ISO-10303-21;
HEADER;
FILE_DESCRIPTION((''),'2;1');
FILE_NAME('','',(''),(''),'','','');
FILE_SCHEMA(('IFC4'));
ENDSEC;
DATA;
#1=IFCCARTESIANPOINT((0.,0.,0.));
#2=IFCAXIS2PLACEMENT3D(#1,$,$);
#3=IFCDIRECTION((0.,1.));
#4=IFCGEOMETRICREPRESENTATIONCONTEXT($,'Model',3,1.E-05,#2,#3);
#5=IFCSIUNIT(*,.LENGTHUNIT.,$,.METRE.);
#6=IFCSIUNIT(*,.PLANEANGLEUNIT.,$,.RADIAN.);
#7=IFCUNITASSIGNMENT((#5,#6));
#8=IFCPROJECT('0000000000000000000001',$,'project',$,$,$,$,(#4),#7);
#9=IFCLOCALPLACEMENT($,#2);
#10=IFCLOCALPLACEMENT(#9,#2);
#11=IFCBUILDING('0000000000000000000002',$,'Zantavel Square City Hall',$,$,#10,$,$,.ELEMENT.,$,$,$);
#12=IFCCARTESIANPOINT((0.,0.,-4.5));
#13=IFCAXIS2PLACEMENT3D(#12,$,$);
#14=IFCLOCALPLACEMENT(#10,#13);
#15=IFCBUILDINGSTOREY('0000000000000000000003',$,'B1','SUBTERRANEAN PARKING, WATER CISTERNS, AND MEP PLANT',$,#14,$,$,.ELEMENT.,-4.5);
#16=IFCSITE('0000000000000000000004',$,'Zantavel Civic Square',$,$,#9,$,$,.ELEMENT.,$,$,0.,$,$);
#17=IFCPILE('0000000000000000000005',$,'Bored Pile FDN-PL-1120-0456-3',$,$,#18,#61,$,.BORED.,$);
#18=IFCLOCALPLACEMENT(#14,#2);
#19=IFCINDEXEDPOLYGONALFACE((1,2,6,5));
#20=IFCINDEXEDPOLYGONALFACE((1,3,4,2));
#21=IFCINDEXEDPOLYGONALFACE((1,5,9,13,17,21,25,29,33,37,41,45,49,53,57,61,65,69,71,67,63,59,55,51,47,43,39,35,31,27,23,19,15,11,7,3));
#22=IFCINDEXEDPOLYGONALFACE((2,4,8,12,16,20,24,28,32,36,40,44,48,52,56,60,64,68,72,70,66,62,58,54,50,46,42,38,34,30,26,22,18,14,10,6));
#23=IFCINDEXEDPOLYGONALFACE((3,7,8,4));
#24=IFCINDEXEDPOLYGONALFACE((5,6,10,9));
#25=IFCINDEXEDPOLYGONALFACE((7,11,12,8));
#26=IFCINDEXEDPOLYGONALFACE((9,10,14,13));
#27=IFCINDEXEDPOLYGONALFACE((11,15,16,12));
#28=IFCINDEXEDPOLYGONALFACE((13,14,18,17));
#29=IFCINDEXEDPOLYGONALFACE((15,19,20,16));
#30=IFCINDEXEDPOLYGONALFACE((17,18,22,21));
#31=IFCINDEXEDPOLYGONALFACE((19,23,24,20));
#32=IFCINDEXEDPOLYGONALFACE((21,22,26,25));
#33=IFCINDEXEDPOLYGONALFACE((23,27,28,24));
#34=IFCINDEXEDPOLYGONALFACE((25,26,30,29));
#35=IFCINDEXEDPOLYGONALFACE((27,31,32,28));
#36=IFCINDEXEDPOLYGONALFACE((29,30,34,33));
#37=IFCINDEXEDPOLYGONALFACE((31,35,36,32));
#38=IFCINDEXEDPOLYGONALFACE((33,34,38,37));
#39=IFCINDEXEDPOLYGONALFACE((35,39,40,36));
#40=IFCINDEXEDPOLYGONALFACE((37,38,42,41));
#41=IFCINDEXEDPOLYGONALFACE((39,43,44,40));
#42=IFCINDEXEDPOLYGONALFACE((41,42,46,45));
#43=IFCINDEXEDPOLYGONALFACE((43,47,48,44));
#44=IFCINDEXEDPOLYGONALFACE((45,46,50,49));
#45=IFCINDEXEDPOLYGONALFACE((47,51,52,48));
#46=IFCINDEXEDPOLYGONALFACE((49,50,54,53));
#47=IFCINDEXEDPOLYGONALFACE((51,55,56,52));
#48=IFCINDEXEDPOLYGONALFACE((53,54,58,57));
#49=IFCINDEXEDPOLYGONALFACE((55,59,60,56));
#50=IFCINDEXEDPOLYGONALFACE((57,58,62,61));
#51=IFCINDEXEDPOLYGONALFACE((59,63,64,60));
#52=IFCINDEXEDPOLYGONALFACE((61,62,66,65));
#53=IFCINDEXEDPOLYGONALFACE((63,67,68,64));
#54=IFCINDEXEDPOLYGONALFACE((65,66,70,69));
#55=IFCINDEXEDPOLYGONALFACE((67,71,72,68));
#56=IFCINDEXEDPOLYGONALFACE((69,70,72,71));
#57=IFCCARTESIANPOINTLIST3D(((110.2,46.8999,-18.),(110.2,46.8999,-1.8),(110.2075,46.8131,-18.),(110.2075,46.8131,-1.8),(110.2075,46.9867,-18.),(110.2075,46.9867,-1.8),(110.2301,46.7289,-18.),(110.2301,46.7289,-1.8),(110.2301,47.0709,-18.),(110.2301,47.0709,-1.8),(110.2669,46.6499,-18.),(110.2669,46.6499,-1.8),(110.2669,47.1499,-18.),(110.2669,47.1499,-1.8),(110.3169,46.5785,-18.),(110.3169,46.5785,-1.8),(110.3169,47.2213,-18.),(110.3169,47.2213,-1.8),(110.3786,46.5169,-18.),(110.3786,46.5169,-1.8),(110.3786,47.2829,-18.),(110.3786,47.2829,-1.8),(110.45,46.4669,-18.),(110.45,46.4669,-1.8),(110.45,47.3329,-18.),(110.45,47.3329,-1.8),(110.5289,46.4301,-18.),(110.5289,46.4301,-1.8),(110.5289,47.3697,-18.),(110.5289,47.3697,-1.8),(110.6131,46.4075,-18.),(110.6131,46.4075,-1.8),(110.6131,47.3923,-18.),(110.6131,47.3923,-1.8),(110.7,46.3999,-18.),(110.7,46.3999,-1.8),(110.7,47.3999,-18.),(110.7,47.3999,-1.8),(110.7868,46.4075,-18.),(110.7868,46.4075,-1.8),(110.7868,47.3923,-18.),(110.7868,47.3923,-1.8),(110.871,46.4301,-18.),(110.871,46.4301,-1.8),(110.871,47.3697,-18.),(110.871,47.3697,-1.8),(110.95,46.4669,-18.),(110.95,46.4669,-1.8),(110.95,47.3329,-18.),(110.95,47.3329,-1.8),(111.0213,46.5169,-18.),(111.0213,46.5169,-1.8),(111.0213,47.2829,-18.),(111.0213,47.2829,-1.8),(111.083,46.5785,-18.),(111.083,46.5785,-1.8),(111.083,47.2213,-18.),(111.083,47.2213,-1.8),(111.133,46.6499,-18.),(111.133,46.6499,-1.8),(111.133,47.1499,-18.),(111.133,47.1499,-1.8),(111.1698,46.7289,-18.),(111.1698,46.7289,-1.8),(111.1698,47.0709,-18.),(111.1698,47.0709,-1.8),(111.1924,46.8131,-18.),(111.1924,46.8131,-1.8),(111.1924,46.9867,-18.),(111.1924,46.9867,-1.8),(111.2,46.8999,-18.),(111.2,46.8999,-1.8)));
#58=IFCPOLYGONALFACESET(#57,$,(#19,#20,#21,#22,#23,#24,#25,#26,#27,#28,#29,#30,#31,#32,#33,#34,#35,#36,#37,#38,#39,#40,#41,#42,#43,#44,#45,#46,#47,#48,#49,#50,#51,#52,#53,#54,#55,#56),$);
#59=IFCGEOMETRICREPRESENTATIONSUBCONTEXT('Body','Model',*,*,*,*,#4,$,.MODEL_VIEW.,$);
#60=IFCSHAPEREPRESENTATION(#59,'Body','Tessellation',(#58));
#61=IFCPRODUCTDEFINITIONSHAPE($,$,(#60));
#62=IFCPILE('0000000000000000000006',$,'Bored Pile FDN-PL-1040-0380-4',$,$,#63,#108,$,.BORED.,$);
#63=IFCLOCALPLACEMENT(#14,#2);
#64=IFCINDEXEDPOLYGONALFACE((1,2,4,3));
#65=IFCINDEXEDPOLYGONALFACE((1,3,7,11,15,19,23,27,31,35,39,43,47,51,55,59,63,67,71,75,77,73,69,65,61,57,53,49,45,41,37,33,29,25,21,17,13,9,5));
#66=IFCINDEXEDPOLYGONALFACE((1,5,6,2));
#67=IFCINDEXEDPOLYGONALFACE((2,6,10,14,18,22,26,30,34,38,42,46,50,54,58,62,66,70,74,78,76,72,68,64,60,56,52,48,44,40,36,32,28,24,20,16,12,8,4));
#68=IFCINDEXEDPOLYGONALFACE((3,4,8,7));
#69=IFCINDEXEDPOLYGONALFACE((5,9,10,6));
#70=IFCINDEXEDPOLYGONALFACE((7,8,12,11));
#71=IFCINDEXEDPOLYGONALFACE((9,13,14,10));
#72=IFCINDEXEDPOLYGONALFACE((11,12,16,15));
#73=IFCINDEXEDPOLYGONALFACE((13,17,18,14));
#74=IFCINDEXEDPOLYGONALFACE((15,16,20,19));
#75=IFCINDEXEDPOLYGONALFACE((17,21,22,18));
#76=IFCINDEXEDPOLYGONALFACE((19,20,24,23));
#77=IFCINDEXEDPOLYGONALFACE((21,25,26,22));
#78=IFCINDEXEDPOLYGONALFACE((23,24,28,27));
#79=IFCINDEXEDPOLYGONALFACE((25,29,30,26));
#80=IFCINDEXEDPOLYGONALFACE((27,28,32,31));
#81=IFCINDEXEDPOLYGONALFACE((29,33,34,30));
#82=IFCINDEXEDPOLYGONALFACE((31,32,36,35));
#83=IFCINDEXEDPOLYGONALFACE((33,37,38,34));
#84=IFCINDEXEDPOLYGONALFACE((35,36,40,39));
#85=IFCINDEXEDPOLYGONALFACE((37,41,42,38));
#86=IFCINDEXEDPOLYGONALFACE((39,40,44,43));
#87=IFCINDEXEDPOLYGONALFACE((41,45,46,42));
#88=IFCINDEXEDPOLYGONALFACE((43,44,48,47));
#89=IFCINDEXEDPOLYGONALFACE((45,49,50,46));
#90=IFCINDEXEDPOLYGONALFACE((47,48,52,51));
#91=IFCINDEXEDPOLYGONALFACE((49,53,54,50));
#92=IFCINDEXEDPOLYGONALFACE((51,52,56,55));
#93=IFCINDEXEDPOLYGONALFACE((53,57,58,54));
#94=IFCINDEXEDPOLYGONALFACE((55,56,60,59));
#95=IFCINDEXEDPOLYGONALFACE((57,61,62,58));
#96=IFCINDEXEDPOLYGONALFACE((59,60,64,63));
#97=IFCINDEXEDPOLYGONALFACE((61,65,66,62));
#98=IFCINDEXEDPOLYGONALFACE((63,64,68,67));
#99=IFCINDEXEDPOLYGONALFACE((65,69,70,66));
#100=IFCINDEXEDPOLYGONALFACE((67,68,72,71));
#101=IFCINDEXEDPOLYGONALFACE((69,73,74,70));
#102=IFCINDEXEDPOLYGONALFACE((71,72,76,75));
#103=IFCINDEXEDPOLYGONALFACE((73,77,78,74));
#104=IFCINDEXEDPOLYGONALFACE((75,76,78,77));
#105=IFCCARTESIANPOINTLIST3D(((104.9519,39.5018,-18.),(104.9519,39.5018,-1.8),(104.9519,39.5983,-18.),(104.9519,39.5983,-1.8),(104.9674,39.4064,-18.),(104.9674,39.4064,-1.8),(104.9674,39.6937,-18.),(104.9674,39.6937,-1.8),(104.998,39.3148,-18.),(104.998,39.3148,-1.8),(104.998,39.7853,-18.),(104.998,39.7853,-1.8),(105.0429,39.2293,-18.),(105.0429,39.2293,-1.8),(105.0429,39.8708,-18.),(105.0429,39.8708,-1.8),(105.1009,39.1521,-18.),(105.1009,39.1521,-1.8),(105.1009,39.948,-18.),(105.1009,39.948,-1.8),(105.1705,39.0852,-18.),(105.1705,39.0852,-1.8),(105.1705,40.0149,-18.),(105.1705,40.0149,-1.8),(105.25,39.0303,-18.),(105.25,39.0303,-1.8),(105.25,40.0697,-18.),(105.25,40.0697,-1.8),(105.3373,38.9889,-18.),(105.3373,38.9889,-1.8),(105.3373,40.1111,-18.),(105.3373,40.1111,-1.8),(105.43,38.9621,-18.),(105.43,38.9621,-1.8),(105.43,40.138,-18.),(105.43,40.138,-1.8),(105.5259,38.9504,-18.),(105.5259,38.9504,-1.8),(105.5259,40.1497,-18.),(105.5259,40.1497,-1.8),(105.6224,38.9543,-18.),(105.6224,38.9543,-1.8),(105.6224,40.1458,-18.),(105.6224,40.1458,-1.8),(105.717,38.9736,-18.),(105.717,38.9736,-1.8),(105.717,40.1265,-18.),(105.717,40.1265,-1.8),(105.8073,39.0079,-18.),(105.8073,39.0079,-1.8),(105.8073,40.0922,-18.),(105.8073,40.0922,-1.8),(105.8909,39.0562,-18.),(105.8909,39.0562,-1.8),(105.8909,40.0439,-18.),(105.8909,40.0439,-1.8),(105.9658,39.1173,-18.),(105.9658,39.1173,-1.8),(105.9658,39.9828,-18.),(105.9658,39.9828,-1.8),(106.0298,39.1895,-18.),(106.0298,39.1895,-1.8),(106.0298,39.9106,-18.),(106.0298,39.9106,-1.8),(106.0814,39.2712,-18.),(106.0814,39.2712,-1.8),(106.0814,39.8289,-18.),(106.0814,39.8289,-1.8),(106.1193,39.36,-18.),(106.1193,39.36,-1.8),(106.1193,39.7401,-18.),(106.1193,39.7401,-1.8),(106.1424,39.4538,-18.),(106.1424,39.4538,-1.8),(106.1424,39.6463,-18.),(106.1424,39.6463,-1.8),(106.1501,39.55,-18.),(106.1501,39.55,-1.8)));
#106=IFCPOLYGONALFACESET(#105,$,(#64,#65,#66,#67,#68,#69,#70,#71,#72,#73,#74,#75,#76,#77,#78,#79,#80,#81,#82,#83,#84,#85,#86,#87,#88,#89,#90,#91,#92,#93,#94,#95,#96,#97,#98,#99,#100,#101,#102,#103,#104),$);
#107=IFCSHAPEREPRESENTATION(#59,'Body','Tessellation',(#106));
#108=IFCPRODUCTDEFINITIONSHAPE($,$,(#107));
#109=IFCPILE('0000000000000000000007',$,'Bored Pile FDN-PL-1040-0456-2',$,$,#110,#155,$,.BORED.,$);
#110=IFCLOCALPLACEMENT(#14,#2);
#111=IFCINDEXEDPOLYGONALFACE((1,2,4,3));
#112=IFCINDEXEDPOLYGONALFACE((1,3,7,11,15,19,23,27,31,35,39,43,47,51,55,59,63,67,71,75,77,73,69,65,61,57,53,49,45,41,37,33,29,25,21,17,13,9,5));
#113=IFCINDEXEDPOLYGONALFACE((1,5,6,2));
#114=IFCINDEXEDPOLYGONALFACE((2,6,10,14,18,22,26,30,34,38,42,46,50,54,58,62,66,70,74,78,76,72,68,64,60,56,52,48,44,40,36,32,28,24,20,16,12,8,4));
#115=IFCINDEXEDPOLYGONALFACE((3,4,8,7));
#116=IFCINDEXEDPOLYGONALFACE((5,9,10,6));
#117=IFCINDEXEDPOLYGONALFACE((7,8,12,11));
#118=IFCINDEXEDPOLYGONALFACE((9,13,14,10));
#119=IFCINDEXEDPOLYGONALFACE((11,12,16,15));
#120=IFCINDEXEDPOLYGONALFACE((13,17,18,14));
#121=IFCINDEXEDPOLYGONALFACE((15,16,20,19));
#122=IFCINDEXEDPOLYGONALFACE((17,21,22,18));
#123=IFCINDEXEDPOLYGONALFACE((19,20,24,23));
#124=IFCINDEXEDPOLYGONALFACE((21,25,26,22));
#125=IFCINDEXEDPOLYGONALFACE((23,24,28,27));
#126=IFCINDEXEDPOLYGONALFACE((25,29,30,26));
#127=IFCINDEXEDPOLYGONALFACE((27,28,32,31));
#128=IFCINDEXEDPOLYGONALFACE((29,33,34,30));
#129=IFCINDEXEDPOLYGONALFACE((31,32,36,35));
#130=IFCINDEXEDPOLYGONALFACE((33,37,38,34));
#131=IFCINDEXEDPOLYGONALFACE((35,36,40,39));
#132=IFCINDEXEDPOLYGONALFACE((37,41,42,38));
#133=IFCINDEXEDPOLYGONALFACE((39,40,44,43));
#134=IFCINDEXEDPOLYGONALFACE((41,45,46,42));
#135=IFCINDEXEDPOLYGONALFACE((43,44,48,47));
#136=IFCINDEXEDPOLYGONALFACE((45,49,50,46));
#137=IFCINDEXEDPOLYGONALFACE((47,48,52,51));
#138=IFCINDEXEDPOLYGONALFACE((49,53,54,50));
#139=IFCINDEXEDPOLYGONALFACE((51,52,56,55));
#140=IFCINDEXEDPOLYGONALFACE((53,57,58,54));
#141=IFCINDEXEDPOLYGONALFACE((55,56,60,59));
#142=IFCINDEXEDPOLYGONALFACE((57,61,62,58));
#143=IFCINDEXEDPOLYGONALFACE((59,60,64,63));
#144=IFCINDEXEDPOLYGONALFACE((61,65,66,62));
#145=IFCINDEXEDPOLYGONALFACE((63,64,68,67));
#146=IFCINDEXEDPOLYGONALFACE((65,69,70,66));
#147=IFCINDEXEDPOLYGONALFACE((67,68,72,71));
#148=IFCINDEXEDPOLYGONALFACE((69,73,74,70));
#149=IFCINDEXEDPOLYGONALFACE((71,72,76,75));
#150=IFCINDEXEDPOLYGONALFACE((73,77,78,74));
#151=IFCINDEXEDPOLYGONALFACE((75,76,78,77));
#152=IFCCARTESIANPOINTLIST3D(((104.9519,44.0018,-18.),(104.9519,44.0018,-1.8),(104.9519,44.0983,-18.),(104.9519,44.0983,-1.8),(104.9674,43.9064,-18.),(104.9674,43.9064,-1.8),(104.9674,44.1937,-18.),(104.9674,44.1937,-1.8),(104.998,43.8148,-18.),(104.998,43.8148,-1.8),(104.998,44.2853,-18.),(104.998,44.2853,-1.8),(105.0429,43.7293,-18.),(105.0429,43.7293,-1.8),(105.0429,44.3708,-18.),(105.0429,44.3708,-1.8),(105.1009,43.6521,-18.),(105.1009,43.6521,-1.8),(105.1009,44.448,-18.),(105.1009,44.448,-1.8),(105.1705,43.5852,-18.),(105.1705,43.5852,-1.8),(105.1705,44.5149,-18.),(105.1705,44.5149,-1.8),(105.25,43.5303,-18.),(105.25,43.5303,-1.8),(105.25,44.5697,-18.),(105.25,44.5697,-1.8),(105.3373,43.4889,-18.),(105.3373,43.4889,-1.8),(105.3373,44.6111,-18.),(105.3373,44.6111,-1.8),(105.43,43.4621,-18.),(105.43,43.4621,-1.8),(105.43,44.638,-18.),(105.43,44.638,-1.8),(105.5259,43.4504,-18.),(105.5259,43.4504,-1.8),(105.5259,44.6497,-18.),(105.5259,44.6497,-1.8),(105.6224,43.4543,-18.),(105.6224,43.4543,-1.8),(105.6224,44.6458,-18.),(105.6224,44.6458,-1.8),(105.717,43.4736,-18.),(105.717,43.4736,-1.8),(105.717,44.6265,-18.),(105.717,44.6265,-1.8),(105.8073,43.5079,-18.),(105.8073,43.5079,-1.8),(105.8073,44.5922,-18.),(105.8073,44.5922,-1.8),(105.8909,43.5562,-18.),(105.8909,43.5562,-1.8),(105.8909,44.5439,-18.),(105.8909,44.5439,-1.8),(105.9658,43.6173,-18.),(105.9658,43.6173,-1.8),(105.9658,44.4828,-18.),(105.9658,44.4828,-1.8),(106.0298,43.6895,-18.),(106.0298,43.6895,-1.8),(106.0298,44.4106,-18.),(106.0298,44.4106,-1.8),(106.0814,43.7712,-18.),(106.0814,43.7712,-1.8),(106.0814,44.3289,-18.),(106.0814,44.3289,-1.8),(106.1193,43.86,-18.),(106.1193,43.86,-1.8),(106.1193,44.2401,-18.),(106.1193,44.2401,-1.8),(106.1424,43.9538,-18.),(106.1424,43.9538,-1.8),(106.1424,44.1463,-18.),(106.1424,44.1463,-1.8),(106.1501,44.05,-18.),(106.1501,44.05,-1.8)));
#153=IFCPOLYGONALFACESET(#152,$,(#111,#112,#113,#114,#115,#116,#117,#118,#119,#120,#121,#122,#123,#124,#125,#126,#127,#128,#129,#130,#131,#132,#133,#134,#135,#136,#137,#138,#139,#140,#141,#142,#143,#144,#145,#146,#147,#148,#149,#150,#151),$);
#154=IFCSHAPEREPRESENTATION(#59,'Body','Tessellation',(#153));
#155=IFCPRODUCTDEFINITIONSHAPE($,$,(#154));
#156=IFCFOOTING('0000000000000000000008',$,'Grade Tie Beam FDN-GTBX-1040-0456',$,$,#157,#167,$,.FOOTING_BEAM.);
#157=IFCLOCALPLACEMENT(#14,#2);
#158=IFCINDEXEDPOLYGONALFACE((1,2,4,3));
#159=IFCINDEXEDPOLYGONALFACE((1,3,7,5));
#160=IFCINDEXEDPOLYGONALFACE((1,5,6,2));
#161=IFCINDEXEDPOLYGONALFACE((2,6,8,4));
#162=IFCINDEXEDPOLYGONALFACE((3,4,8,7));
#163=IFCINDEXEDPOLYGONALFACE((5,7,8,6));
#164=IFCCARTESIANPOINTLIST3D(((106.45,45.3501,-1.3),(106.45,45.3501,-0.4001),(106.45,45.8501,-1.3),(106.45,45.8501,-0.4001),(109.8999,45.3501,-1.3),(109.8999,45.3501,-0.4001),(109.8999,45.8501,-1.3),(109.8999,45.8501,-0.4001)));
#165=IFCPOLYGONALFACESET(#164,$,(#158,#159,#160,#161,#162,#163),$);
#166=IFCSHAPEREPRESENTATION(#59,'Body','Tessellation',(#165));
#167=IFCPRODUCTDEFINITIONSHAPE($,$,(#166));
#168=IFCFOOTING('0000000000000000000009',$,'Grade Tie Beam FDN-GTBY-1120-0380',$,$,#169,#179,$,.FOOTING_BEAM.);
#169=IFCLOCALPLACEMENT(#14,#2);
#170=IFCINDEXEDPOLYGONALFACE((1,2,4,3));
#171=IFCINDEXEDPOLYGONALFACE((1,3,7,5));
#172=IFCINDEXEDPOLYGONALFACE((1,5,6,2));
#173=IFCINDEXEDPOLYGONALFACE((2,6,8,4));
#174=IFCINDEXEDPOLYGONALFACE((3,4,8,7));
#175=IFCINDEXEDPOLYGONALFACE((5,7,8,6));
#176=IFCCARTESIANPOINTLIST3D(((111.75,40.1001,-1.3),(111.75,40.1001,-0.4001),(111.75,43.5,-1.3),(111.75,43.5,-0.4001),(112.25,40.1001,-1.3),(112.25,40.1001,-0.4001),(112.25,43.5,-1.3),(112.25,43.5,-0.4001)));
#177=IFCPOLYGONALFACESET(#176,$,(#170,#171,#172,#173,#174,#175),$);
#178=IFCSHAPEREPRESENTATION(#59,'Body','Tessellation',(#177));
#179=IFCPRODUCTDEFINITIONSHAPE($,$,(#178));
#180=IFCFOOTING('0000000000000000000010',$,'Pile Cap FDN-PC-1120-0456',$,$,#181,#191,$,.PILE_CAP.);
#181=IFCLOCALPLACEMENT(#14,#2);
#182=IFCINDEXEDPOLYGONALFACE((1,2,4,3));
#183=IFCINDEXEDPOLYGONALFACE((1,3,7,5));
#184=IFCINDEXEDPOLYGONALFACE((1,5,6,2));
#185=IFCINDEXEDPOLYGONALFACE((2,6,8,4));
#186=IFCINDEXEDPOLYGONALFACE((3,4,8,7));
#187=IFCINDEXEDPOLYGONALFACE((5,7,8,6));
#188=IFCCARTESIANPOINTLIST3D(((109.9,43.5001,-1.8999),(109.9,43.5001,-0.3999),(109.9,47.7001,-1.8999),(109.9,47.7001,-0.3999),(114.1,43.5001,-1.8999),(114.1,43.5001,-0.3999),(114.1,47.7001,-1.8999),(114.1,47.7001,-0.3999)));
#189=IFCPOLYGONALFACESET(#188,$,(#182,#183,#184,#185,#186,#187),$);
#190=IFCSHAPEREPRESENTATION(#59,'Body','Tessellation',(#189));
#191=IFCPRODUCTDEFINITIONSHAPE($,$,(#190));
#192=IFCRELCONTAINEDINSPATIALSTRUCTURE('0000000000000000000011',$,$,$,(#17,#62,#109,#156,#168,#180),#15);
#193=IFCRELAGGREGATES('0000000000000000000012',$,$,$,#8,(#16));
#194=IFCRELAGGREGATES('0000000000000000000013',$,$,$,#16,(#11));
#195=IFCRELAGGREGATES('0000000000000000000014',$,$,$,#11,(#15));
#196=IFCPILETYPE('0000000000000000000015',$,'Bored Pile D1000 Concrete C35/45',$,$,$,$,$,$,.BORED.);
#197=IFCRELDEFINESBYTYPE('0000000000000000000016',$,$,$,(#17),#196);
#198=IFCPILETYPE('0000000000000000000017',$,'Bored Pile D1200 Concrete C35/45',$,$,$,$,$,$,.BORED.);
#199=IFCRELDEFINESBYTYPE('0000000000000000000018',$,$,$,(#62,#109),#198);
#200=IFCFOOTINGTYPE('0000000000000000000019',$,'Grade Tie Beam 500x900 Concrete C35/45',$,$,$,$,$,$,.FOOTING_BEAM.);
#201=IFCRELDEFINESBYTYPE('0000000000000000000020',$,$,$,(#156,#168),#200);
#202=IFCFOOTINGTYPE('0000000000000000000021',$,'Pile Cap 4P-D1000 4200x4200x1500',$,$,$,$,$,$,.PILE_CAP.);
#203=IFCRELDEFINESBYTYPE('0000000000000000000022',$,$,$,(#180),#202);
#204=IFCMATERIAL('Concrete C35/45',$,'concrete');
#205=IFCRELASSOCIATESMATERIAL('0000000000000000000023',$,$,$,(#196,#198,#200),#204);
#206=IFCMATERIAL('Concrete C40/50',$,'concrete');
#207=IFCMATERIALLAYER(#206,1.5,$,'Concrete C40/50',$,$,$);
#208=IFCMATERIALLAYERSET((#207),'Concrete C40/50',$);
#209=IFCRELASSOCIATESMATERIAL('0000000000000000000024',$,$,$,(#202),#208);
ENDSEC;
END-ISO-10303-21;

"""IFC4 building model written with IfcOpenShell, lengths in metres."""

from ifc_helpers import new_model, si_unit, direction, frame, origin, origin_2d, place, context, subcontext, project, spatial, rectangle, circle, extrude, material, layer, layer_set, material_profile, profile_set, type_object, element, save


model = new_model("IFC4")

# Units and contexts
model_context = context("Model", 3, precision=1e-05, world=origin(), true_north=direction((0.0, 1.0)))
body_context = subcontext(model_context, "Body", "Model", "MODEL_VIEW")
ifc_project = project(units=[si_unit("LENGTHUNIT", "METRE"), si_unit("PLANEANGLEUNIT", "RADIAN")], contexts=[model_context])

# Site, building, storey
site_placement = place(None, origin())
site = spatial("IfcSite", under=ifc_project, at=site_placement, Name="Zantavel Civic Square", CompositionType="ELEMENT", RefElevation=0.0)
building_placement = place(site_placement, origin())
building = spatial("IfcBuilding", under=site, at=building_placement, Name="Zantavel Square City Hall", CompositionType="ELEMENT")
storey_placement = place(building_placement, frame((0.0, 0.0, -4.5)))
storey = spatial("IfcBuildingStorey", under=building, at=storey_placement, Name="B1", Description="SUBTERRANEAN PARKING, WATER CISTERNS, AND MEP PLANT", CompositionType="ELEMENT", Elevation=-4.5)

# Piles
ifc_material_1 = material(Name="Concrete C35/45", Category="concrete")
ifc_material_profile_1 = material_profile(ifc_material_1, circle(Radius=0.5, at=origin_2d()), Name="PILE D1000")
ifc_profile_set_1 = profile_set([ifc_material_profile_1], Name="Concrete C35/45")
pile_type_1 = type_object("IfcPileType", Name="Bored Pile D1000 Concrete C35/45", PredefinedType="BORED", material=ifc_profile_set_1)
for number, where, z_axis, x_axis, name in (
    (1, (110.7, 46.8999, -1.8), (0.0, 0.0, -1.0), (1.0, 0.0, 0.0), "Bored Pile FDN-PL-1120-0456-3"),
):
    element("IfcPile", number, at=place(storey_placement, frame(where, z_axis=z_axis, x_axis=x_axis)), inside=storey, type_object=pile_type_1, Name=name, PredefinedType="BORED", context=body_context, shape_type="SweptSolid", body=[
        extrude(circle(Radius=0.5, at=origin_2d()), origin(), (0.0, 0.0, 1.0), 16.2),
    ])
ifc_material_profile_2 = material_profile(ifc_material_1, circle(Radius=0.6001, at=origin_2d()), Name="PILE D1200")
ifc_profile_set_2 = profile_set([ifc_material_profile_2], Name="Concrete C35/45")
pile_type_2 = type_object("IfcPileType", Name="Bored Pile D1200 Concrete C35/45", PredefinedType="BORED", material=ifc_profile_set_2)
for number, where, z_axis, x_axis, name in (
    (2, (105.55, 39.55, -1.8), (0.0, 0.0, -1.0), (1.0, 0.0, 0.0), "Bored Pile FDN-PL-1040-0380-4"),
    (3, (105.55, 44.05, -1.8), (0.0, 0.0, -1.0), (1.0, 0.0, 0.0), "Bored Pile FDN-PL-1040-0456-2"),
):
    element("IfcPile", number, at=place(storey_placement, frame(where, z_axis=z_axis, x_axis=x_axis)), inside=storey, type_object=pile_type_2, Name=name, PredefinedType="BORED", context=body_context, shape_type="SweptSolid", body=[
        extrude(circle(Radius=0.6001, at=origin_2d()), origin(), (0.0, 0.0, 1.0), 16.2),
    ])

# Footings
ifc_material_profile_3 = material_profile(ifc_material_1, rectangle(XDim=0.5, YDim=0.8999, at=origin_2d()), Name="RC 500x900")
ifc_profile_set_3 = profile_set([ifc_material_profile_3], Name="Concrete C35/45")
footing_type_1 = type_object("IfcFootingType", Name="Grade Tie Beam 500x900 Concrete C35/45", PredefinedType="FOOTING_BEAM", material=ifc_profile_set_3)
footing_1_placement = place(storey_placement, frame((106.45, 45.6001, -0.8501), z_axis=(1.0, 0.0, 0.0), x_axis=(0.0, 1.0, 0.0)))
element("IfcFooting", 4, at=footing_1_placement, inside=storey, type_object=footing_type_1, Name="Grade Tie Beam FDN-GTBX-1040-0456", PredefinedType="FOOTING_BEAM", context=body_context, shape_type="SweptSolid", body=[
    extrude(rectangle(XDim=0.5, YDim=0.8999, at=origin_2d()), origin(), (0.0, 0.0, 1.0), 3.45),
])
footing_2_placement = place(storey_placement, frame((112.0, 40.1001, -0.8501), z_axis=(0.0, 1.0, 0.0), x_axis=(-1.0, 0.0, 0.0)))
element("IfcFooting", 5, at=footing_2_placement, inside=storey, type_object=footing_type_1, Name="Grade Tie Beam FDN-GTBY-1120-0380", PredefinedType="FOOTING_BEAM", context=body_context, shape_type="SweptSolid", body=[
    extrude(rectangle(XDim=0.5, YDim=0.8999, at=origin_2d()), origin(), (0.0, 0.0, 1.0), 3.3999),
])
ifc_material_2 = material(Name="Concrete C40/50", Category="concrete")
ifc_layer_1 = layer(ifc_material_2, 1.5, Name="Concrete C40/50")
ifc_layer_set_1 = layer_set([ifc_layer_1], Name="Concrete C40/50")
footing_type_2 = type_object("IfcFootingType", Name="Pile Cap 4P-D1000 4200x4200x1500", PredefinedType="PILE_CAP", material=ifc_layer_set_1)
footing_3_placement = place(storey_placement, frame((112.0, 45.6001, -1.8999), z_axis=(0.0, 0.0, 1.0), x_axis=(1.0, 0.0, 0.0)))
element("IfcFooting", 6, at=footing_3_placement, inside=storey, type_object=footing_type_2, Name="Pile Cap FDN-PC-1120-0456", PredefinedType="PILE_CAP", context=body_context, shape_type="SweptSolid", body=[
    extrude(rectangle(XDim=4.2, YDim=4.2, at=origin_2d()), origin(), (0.0, 0.0, 1.0), 1.5),
])

save(model, "model.ifc")
